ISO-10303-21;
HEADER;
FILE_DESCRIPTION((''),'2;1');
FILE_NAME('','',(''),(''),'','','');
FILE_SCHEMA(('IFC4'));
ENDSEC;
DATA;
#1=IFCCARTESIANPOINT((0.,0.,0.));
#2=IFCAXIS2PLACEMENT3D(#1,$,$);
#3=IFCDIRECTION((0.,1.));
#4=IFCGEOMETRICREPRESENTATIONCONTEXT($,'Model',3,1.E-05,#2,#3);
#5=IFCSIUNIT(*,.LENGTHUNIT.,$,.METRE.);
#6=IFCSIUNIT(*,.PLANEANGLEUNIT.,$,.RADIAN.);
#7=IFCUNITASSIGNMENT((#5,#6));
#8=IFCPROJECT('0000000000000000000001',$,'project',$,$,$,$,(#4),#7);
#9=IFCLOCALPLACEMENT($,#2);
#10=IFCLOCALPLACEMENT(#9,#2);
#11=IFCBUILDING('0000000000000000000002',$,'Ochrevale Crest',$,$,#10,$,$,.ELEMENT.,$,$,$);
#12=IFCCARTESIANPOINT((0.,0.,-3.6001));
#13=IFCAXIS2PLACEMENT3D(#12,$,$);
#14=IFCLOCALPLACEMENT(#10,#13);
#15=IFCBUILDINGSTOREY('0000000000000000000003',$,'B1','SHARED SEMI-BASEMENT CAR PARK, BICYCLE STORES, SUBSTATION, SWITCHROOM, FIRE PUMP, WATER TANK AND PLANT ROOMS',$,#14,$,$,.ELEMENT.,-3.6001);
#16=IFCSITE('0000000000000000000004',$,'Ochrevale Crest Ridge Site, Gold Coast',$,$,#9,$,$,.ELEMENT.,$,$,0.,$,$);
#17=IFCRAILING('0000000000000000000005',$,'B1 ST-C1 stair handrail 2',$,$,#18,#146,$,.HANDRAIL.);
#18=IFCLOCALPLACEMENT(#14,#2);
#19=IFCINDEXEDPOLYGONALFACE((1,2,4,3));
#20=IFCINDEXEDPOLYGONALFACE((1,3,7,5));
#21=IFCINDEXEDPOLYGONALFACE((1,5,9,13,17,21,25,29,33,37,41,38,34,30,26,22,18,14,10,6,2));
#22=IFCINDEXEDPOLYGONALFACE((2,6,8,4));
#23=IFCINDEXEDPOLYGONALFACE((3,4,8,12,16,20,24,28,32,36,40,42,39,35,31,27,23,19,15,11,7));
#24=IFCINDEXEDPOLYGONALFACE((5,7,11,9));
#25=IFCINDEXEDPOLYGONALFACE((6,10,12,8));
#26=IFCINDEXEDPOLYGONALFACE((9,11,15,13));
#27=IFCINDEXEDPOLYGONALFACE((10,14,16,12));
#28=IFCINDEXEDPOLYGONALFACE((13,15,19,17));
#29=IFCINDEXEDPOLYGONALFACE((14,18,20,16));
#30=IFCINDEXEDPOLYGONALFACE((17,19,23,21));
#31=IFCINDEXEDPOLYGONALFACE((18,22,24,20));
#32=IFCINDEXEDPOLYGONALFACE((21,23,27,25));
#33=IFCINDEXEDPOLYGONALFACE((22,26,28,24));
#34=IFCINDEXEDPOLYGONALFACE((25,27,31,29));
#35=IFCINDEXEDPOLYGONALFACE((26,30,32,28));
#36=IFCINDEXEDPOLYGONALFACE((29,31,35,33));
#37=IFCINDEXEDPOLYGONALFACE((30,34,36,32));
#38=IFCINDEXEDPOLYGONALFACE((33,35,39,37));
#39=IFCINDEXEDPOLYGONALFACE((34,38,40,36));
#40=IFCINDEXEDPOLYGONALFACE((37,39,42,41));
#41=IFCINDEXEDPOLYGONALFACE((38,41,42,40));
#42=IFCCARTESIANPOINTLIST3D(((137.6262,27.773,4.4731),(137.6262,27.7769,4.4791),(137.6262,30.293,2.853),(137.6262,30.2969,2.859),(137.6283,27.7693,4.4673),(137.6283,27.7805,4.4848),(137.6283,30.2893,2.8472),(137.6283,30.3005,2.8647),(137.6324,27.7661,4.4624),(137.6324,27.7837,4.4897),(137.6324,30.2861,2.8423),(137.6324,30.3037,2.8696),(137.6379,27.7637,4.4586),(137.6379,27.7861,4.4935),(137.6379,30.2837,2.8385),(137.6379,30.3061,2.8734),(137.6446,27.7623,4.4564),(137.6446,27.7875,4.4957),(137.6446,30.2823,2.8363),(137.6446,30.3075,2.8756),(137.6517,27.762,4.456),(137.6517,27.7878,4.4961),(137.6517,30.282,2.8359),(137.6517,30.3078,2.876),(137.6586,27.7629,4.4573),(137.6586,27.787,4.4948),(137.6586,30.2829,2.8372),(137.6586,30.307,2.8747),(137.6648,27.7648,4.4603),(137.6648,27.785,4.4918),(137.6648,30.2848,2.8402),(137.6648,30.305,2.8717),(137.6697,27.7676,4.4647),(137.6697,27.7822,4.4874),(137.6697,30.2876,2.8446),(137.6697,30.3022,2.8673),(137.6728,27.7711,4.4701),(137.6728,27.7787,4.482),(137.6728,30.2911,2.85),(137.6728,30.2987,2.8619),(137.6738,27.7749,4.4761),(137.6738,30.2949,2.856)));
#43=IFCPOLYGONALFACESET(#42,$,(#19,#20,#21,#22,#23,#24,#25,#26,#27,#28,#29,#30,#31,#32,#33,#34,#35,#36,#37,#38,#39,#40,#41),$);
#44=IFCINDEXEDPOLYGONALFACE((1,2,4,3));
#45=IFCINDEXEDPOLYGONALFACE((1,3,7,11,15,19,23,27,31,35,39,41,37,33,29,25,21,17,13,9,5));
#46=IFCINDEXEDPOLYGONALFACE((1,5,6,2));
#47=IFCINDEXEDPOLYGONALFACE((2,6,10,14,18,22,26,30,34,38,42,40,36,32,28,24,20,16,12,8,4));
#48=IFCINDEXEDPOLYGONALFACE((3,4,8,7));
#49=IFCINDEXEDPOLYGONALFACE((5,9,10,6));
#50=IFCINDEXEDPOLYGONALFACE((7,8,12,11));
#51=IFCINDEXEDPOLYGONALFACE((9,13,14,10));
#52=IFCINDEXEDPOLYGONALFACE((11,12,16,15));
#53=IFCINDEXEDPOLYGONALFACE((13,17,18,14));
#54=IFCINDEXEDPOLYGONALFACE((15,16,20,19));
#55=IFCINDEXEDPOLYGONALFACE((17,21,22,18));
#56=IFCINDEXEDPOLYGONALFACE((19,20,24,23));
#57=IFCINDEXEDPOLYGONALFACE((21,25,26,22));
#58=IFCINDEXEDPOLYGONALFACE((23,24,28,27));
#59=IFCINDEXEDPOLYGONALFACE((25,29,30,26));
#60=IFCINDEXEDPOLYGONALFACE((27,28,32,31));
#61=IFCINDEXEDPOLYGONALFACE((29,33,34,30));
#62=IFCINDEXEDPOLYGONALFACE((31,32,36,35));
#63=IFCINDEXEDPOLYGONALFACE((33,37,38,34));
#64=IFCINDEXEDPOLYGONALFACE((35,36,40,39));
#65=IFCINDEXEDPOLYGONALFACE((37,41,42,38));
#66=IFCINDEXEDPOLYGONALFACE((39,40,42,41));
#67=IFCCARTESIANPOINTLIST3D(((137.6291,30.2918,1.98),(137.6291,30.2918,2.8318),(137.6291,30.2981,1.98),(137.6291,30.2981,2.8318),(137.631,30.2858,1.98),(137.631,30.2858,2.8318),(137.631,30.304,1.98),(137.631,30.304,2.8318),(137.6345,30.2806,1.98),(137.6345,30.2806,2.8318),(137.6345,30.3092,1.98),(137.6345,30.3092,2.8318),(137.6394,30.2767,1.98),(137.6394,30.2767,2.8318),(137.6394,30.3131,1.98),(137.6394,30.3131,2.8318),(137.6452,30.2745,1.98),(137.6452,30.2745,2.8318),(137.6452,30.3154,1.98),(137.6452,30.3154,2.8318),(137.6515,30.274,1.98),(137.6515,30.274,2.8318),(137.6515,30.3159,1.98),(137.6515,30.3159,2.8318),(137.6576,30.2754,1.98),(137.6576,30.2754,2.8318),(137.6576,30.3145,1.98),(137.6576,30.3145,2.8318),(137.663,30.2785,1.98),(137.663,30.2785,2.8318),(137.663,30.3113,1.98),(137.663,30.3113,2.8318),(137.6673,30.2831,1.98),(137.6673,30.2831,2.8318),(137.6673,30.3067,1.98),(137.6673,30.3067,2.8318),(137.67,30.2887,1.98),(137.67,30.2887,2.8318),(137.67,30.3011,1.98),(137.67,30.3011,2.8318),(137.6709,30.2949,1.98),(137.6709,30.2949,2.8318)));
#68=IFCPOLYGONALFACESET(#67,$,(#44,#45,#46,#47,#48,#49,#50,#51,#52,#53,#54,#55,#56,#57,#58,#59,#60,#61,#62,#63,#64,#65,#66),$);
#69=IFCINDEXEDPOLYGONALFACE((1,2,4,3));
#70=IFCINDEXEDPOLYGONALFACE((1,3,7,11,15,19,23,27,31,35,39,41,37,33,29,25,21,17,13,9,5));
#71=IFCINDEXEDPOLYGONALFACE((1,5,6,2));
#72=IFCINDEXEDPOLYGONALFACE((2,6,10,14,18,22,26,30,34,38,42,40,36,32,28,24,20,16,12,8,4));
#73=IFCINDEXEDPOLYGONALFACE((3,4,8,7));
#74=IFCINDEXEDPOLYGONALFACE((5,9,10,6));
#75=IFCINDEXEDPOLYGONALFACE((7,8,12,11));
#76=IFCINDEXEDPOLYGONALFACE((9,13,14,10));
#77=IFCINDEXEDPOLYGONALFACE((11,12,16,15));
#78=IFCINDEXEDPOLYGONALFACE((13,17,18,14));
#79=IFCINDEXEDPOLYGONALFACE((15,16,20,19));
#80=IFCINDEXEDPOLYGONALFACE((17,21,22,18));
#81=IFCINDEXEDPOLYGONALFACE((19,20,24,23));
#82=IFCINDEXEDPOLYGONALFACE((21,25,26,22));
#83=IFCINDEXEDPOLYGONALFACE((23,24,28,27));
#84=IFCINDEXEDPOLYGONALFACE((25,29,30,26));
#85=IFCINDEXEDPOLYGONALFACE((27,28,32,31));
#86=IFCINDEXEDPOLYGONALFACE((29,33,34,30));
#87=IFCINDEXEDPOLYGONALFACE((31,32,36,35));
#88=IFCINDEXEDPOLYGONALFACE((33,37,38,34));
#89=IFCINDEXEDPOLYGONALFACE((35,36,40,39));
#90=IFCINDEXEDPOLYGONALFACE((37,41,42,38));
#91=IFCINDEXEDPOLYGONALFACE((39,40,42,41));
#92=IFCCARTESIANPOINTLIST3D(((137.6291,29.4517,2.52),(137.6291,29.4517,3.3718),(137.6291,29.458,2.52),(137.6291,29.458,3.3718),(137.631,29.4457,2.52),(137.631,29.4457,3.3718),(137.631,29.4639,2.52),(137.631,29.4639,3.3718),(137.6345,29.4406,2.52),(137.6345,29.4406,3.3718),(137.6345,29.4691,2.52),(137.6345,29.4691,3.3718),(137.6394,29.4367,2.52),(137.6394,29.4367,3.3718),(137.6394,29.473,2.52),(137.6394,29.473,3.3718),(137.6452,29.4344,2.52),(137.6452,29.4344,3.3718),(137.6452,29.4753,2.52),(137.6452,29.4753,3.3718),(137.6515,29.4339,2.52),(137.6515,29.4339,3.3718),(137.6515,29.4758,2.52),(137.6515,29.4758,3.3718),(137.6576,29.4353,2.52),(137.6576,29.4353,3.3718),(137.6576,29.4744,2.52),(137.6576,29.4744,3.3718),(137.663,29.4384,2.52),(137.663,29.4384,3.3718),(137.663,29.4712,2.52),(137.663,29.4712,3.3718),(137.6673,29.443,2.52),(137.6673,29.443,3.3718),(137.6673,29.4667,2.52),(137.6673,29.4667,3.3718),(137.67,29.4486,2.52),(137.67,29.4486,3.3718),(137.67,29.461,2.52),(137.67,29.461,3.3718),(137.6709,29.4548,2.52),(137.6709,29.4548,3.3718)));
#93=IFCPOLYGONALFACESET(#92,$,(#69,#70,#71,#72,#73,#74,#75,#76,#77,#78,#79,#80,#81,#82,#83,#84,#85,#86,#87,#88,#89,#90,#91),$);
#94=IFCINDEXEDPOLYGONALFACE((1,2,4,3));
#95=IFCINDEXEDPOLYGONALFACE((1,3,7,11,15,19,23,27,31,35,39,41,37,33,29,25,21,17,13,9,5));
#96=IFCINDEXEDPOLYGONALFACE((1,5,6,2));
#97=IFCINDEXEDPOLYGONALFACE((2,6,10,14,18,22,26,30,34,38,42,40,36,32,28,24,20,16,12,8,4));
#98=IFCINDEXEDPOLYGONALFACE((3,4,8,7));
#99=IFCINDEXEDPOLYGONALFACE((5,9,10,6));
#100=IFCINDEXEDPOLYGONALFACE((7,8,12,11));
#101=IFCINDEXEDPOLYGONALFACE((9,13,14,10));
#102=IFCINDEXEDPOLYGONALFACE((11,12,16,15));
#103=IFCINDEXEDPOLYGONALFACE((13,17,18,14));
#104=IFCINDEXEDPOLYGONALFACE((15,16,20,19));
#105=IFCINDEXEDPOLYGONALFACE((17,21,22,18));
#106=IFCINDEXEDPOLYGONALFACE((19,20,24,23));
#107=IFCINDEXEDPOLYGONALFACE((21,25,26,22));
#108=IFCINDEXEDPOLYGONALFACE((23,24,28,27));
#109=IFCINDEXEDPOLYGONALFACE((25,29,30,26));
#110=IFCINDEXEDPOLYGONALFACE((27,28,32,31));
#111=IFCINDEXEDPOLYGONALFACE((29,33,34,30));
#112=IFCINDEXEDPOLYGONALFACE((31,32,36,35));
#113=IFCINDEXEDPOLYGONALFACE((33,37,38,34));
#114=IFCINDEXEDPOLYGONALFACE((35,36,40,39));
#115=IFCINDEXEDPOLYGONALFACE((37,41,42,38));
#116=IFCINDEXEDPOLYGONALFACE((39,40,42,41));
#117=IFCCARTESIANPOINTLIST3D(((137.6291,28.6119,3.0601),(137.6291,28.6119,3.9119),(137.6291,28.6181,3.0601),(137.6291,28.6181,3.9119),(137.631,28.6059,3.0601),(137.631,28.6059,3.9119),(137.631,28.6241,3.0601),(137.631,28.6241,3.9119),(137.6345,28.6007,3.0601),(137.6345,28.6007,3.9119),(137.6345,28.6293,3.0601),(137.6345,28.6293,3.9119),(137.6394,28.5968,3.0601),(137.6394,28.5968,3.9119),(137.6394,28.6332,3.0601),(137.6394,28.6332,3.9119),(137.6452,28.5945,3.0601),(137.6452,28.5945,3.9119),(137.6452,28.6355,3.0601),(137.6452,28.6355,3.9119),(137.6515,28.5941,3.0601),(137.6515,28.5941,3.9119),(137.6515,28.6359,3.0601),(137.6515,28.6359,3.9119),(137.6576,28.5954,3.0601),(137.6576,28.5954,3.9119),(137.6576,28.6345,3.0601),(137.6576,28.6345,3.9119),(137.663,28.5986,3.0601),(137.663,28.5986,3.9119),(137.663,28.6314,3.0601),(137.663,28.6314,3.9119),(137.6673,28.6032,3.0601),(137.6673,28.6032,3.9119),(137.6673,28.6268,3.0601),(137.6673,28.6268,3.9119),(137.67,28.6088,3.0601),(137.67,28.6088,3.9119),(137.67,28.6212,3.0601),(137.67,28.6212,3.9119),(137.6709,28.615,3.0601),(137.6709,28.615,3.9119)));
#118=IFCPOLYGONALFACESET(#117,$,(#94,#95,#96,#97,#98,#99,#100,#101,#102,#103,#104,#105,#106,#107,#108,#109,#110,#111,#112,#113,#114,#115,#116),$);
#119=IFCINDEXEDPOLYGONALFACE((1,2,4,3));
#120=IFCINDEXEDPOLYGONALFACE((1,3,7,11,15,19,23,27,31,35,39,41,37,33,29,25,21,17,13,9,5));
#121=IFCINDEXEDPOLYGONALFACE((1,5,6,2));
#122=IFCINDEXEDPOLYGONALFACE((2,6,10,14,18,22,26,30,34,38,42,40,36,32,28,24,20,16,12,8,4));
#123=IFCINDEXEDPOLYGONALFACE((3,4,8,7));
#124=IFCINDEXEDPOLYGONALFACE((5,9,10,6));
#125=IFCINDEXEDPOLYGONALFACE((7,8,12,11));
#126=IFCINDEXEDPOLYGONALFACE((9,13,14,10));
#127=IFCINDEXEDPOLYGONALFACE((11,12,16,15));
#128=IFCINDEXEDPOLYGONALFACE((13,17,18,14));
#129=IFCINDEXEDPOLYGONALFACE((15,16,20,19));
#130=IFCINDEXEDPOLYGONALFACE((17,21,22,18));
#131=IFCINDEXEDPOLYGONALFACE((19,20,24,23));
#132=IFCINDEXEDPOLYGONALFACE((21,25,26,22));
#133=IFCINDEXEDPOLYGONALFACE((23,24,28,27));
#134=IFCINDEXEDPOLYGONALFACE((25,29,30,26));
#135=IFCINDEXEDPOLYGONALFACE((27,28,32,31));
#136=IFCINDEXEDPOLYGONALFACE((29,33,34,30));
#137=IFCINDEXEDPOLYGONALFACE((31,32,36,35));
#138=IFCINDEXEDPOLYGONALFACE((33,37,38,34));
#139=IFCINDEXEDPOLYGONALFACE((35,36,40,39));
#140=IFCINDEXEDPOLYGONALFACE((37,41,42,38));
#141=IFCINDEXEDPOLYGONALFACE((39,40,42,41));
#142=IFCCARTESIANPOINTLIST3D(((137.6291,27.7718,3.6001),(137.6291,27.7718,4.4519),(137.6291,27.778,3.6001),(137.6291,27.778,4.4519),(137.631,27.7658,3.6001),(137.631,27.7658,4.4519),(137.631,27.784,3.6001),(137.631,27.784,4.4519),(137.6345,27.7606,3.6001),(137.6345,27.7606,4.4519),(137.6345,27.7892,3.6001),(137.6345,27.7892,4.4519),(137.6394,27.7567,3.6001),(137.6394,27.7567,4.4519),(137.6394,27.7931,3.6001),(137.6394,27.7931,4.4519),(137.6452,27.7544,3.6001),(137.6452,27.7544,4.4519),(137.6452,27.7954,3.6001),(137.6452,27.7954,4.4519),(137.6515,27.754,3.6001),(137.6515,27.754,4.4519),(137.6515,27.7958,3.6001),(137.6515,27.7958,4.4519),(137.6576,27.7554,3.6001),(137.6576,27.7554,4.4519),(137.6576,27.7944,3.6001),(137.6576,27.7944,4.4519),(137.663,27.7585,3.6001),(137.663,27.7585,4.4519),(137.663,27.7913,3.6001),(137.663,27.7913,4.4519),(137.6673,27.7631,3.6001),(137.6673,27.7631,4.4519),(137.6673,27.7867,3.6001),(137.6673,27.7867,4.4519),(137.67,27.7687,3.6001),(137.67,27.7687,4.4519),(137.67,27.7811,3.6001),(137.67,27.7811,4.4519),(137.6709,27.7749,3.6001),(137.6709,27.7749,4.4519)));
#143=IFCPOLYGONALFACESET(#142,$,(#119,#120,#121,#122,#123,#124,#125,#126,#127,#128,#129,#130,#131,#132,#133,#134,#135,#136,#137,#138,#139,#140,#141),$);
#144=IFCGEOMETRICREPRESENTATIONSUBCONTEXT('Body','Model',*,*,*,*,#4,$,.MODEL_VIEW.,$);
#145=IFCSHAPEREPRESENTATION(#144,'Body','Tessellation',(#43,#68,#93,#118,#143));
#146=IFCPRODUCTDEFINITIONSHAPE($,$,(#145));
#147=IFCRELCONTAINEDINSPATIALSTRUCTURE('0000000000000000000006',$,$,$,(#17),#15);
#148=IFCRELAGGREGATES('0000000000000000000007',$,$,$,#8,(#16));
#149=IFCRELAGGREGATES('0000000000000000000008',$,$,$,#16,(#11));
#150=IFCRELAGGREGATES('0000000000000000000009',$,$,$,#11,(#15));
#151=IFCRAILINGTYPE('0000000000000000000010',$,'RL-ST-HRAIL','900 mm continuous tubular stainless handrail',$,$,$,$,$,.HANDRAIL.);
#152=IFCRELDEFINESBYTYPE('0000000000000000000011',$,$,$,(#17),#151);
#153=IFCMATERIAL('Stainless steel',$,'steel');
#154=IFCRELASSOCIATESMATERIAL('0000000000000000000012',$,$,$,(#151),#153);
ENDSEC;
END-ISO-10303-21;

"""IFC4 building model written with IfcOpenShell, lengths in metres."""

from ifc_helpers import new_model, si_unit, direction, frame, origin, origin_2d, place, context, subcontext, project, spatial, circle, extrude, material, type_object, element, save


model = new_model("IFC4")

# Units and contexts
model_context = context("Model", 3, precision=1e-05, world=origin(), true_north=direction((0.0, 1.0)))
body_context = subcontext(model_context, "Body", "Model", "MODEL_VIEW")
ifc_project = project(units=[si_unit("LENGTHUNIT", "METRE"), si_unit("PLANEANGLEUNIT", "RADIAN")], contexts=[model_context])

# Site, building, storey
site_placement = place(None, origin())
site = spatial("IfcSite", under=ifc_project, at=site_placement, Name="Ochrevale Crest Ridge Site, Gold Coast", CompositionType="ELEMENT", RefElevation=0.0)
building_placement = place(site_placement, origin())
building = spatial("IfcBuilding", under=site, at=building_placement, Name="Ochrevale Crest", CompositionType="ELEMENT")
storey_placement = place(building_placement, frame((0.0, 0.0, -3.6001)))
storey = spatial("IfcBuildingStorey", under=building, at=storey_placement, Name="B1", Description="SHARED SEMI-BASEMENT CAR PARK, BICYCLE STORES, SUBSTATION, SWITCHROOM, FIRE PUMP, WATER TANK AND PLANT ROOMS", CompositionType="ELEMENT", Elevation=-3.6001)

# Railing
ifc_material_1 = material(Name="Stainless steel", Category="steel")
railing_type_1 = type_object("IfcRailingType", Name="RL-ST-HRAIL", Description="900 mm continuous tubular stainless handrail", PredefinedType="HANDRAIL", material=ifc_material_1)
railing_1_placement = place(storey_placement, frame((137.6499, 30.2949, 1.98)))
element("IfcRailing", 1, at=railing_1_placement, inside=storey, type_object=railing_type_1, Name="B1 ST-C1 stair handrail 2", PredefinedType="HANDRAIL", context=body_context, shape_type="SweptSolid", body=[
    extrude(circle(Radius=0.0239, at=origin_2d()), frame((0.0, 0.0, 0.876), z_axis=(0.0, -0.841163, 0.540782), x_axis=(1.0, 0.0, 0.0)), (0.0, 0.0, 1.0), 2.9958),
    extrude(circle(Radius=0.021, at=origin_2d()), origin(), (0.0, 0.0, 1.0), 0.8518),
    extrude(circle(Radius=0.021, at=origin_2d()), frame((0.0, -0.8401, 0.54)), (0.0, 0.0, 1.0), 0.8518),
    extrude(circle(Radius=0.021, at=origin_2d()), frame((0.0, -1.6799, 1.0801)), (0.0, 0.0, 1.0), 0.8518),
    extrude(circle(Radius=0.021, at=origin_2d()), frame((0.0, -2.52, 1.6201)), (0.0, 0.0, 1.0), 0.8518),
])

save(model, "model.ifc")
